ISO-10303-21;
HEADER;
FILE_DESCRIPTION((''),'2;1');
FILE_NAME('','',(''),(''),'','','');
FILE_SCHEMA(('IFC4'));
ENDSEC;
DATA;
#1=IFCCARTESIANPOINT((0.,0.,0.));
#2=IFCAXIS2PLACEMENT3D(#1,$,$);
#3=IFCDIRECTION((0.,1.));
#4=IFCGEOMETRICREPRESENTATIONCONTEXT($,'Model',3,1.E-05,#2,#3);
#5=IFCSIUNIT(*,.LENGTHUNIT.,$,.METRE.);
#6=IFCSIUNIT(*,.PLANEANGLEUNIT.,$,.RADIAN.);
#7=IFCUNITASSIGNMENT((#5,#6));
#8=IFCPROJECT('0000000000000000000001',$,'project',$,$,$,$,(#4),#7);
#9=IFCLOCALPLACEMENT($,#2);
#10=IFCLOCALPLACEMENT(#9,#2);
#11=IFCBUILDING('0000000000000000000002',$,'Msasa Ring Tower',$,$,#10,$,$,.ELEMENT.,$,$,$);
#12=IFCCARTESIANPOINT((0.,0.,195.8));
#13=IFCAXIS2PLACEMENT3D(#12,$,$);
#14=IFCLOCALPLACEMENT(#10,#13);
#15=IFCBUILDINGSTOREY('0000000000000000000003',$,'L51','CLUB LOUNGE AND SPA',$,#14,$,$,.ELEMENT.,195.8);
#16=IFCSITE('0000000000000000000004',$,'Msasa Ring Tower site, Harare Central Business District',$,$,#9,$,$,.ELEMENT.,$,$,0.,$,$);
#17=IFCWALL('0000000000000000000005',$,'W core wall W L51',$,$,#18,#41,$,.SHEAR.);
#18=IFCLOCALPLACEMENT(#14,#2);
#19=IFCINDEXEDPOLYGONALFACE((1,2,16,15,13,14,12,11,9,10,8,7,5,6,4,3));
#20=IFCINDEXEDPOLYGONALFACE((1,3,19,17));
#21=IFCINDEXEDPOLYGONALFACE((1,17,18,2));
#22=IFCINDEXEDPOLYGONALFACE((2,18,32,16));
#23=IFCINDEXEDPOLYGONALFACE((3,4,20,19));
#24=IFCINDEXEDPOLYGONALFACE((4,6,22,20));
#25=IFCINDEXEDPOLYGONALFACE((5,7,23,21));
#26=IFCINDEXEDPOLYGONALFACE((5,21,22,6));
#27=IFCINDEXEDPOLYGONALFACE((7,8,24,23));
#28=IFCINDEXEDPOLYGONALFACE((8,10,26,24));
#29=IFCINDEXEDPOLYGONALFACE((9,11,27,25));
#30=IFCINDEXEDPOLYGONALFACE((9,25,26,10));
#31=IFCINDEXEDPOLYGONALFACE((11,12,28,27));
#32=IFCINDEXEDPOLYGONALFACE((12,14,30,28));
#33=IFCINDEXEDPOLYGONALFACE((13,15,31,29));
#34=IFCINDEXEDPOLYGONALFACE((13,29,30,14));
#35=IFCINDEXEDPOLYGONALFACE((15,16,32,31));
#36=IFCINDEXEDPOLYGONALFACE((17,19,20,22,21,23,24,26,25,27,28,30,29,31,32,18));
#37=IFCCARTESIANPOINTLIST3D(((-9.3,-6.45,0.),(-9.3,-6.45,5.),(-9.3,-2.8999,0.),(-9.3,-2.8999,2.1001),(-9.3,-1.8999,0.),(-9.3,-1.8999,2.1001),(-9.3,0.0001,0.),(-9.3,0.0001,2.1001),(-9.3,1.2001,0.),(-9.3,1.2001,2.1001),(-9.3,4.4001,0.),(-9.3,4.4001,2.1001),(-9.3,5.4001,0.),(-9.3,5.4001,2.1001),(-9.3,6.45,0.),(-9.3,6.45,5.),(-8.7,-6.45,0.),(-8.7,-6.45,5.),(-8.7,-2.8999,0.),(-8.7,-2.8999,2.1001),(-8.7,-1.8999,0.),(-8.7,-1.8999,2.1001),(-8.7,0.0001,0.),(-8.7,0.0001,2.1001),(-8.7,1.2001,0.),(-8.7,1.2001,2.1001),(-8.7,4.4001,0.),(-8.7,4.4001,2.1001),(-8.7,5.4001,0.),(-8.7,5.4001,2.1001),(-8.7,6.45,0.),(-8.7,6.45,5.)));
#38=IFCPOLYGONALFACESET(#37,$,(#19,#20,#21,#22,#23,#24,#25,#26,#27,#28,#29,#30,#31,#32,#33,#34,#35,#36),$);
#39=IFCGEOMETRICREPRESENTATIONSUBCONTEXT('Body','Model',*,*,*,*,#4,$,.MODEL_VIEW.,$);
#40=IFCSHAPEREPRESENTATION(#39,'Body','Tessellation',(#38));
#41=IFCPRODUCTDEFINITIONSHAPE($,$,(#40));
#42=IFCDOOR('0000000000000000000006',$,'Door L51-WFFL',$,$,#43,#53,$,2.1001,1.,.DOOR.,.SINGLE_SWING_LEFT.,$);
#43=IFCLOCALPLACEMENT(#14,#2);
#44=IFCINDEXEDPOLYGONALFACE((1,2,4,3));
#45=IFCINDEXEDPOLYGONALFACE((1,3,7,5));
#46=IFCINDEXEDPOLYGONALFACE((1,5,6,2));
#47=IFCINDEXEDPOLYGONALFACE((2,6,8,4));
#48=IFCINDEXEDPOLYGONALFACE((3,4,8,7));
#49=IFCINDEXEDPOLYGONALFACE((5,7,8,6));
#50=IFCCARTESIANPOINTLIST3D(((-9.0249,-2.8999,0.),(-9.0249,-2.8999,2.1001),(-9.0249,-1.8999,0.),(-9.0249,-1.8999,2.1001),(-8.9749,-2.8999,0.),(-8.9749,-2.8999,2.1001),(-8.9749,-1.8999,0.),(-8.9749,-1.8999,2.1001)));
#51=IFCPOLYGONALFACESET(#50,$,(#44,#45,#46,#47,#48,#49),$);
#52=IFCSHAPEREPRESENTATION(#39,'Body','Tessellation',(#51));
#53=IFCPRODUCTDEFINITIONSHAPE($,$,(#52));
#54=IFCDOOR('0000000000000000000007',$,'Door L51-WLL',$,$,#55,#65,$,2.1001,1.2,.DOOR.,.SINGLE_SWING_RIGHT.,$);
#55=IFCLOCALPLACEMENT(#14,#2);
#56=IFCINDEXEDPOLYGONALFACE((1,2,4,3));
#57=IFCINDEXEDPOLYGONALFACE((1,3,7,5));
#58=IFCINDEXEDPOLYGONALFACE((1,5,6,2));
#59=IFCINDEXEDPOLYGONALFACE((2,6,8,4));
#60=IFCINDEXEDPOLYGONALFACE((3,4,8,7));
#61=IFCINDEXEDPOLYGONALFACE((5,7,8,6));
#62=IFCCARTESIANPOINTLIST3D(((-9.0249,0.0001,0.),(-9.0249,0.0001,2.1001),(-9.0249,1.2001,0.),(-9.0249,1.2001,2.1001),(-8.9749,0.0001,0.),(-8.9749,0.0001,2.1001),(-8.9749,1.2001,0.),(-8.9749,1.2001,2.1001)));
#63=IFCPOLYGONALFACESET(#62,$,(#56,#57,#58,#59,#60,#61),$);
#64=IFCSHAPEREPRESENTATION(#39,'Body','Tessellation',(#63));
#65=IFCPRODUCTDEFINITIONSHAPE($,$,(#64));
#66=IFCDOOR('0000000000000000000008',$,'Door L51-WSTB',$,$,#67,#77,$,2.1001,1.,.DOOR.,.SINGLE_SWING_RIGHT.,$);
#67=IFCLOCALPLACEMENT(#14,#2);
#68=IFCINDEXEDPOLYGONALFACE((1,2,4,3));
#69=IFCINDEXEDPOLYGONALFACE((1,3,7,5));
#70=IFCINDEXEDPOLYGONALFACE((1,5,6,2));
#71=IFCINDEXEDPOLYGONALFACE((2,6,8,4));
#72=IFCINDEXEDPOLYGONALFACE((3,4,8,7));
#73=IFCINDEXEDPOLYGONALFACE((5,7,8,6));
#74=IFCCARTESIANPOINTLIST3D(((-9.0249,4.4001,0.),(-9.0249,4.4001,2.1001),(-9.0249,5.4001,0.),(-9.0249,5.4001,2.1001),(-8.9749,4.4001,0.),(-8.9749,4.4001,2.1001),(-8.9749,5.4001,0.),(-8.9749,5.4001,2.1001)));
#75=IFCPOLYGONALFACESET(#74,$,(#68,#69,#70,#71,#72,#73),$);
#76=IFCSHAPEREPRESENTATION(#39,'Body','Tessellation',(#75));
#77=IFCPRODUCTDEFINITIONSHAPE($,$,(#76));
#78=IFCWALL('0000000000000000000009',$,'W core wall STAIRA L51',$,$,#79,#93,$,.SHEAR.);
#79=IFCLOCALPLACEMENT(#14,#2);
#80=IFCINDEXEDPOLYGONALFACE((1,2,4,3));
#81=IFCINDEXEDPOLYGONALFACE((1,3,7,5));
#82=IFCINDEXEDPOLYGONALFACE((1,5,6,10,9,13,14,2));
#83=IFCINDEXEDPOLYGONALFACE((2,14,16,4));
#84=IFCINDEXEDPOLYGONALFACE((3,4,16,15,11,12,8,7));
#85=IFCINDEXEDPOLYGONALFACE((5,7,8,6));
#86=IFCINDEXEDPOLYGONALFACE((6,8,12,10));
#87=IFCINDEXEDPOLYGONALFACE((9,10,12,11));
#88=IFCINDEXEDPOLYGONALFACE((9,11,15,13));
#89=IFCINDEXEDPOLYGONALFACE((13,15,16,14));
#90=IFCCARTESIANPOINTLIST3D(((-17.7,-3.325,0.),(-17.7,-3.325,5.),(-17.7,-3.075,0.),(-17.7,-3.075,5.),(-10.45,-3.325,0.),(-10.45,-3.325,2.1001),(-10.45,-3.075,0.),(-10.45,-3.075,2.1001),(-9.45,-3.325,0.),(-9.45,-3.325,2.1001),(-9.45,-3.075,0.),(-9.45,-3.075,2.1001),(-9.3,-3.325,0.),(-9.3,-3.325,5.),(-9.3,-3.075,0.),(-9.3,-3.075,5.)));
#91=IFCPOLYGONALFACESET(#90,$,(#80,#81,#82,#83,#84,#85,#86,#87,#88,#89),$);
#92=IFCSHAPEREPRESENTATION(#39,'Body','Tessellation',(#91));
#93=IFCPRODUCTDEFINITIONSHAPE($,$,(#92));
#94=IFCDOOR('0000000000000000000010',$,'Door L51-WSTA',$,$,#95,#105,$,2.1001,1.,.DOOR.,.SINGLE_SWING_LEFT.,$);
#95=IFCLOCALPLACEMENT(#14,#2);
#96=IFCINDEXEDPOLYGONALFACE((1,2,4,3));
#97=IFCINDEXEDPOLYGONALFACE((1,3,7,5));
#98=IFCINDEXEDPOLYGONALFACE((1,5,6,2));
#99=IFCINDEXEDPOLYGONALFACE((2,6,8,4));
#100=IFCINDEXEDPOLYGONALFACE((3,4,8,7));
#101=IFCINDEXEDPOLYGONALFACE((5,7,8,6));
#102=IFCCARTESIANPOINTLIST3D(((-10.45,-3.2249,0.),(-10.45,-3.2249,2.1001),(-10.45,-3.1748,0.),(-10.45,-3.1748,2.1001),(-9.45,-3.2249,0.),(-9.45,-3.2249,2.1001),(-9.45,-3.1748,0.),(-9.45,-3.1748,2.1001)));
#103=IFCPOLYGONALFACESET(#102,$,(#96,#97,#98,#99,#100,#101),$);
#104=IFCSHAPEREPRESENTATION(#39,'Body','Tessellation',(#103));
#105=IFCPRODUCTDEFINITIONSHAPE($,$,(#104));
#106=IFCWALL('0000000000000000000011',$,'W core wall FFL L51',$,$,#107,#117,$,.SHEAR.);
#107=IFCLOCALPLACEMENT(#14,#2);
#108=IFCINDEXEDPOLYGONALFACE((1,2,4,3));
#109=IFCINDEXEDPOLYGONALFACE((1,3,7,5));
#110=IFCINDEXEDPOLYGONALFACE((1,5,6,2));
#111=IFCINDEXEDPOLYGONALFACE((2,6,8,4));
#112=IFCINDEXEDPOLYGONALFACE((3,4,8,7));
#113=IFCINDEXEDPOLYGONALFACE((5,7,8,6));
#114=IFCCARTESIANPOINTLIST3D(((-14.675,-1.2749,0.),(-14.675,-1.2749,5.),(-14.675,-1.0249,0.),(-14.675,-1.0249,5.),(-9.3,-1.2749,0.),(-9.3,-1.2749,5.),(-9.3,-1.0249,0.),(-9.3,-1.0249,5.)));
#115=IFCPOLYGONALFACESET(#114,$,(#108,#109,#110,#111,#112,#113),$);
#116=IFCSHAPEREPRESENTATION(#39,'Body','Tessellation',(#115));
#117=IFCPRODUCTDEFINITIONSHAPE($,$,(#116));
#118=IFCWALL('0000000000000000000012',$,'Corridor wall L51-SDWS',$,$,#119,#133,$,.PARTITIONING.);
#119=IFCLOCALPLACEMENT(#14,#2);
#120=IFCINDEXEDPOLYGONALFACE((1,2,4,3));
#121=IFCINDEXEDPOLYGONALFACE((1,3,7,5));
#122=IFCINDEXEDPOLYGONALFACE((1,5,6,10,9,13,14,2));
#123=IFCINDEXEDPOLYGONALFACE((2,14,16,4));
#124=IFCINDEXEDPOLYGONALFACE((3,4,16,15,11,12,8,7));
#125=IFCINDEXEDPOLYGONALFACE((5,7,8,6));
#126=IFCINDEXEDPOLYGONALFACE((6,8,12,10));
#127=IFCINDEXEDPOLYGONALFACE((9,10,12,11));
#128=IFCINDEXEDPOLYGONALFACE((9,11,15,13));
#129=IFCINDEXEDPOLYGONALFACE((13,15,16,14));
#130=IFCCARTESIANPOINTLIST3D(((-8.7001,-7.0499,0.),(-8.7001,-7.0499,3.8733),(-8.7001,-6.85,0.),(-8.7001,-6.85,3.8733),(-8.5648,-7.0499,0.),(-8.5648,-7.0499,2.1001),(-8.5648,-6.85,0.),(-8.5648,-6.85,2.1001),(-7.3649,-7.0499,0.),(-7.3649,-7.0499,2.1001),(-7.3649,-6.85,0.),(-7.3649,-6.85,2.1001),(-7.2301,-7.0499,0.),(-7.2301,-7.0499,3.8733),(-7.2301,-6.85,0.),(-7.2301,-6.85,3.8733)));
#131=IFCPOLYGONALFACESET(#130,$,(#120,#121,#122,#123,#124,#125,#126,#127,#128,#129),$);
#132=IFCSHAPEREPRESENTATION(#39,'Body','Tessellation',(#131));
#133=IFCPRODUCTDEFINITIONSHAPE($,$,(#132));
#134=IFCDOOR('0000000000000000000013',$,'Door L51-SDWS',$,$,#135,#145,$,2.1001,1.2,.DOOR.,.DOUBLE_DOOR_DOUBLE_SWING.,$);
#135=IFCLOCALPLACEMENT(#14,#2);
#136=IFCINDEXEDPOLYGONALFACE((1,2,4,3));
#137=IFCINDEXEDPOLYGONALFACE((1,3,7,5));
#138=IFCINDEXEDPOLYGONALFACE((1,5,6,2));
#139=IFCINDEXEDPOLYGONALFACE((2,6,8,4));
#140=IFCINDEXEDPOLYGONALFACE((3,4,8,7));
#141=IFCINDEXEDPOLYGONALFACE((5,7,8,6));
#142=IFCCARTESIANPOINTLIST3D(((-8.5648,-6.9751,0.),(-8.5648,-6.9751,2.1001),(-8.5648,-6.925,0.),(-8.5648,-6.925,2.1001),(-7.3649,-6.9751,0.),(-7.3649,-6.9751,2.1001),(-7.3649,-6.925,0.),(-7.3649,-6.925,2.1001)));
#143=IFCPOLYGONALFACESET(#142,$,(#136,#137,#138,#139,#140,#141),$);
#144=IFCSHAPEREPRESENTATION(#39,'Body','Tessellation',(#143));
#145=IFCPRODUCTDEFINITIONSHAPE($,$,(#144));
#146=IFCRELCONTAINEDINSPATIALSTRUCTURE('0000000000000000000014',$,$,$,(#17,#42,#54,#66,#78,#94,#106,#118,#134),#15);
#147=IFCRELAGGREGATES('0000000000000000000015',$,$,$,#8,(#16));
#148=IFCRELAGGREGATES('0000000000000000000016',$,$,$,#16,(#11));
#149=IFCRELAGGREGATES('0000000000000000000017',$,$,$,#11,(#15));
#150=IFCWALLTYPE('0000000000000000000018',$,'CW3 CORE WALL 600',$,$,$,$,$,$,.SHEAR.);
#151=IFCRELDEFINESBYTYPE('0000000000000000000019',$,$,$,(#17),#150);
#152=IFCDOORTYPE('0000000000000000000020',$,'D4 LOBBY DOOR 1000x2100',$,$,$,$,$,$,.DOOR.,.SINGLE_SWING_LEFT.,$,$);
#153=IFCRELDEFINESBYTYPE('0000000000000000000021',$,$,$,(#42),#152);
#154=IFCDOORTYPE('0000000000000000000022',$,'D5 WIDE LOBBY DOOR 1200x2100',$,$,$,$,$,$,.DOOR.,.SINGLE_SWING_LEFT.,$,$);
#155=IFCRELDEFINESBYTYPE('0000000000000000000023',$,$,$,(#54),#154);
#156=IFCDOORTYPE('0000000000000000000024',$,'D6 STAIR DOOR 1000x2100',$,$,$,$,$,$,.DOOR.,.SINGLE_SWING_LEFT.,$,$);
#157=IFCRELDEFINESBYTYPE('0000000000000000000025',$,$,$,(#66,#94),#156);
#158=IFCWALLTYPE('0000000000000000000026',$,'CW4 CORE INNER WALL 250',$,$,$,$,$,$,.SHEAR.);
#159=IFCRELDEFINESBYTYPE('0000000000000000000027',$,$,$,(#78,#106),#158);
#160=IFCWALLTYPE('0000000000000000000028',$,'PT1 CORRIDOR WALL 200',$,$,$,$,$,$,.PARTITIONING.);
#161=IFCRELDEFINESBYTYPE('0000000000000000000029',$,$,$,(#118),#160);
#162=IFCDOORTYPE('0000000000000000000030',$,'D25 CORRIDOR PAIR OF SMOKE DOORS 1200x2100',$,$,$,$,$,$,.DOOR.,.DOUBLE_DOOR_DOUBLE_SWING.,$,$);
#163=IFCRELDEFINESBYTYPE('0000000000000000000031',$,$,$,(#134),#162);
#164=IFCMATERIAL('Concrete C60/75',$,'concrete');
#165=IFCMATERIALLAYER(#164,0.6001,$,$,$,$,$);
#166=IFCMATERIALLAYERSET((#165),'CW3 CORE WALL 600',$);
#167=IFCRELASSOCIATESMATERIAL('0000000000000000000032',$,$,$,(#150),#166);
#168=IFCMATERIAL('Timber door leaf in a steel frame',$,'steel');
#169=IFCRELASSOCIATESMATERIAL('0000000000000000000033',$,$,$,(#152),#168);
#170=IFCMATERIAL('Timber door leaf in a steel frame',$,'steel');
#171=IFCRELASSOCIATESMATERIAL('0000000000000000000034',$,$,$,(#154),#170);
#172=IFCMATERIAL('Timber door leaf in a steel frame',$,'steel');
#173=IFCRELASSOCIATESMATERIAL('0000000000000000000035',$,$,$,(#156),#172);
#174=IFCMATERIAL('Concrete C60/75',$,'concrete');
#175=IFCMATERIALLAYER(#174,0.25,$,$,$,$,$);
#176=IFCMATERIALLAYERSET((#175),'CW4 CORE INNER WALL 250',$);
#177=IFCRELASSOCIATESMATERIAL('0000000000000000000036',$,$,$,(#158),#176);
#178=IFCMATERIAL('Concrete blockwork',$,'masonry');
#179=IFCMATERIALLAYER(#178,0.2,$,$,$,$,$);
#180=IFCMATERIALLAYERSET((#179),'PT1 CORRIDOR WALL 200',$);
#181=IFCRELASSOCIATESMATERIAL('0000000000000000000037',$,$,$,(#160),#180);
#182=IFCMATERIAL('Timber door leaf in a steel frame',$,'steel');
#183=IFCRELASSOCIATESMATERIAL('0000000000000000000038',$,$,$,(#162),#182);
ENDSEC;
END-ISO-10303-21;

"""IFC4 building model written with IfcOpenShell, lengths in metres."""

from ifc_helpers import new_model, si_unit, direction, frame, frame_2d, origin, place, context, subcontext, project, spatial, rectangle, extrude, material, layer, layer_set, type_object, element, fill, save


model = new_model("IFC4")

# Units and contexts
model_context = context("Model", 3, precision=1e-05, world=origin(), true_north=direction((0.0, 1.0)))
body_context = subcontext(model_context, "Body", "Model", "MODEL_VIEW")
ifc_project = project(units=[si_unit("LENGTHUNIT", "METRE"), si_unit("PLANEANGLEUNIT", "RADIAN")], contexts=[model_context])

# Site, building, storey
site_placement = place(None, origin())
site = spatial("IfcSite", under=ifc_project, at=site_placement, Name="Msasa Ring Tower site, Harare Central Business District", CompositionType="ELEMENT", RefElevation=0.0)
building_placement = place(site_placement, origin())
building = spatial("IfcBuilding", under=site, at=building_placement, Name="Msasa Ring Tower", CompositionType="ELEMENT")
storey_placement = place(building_placement, frame((0.0, 0.0, 195.8)))
storey = spatial("IfcBuildingStorey", under=building, at=storey_placement, Name="L51", Description="CLUB LOUNGE AND SPA", CompositionType="ELEMENT", Elevation=195.8)

# Shared definitions
ifc_material_1 = material(Name="Concrete C60/75", Category="concrete")
ifc_layer_1 = layer(ifc_material_1, 0.6001)
ifc_layer_set_1 = layer_set([ifc_layer_1], Name="CW3 CORE WALL 600")
wall_type_1 = type_object("IfcWallType", Name="CW3 CORE WALL 600", PredefinedType="SHEAR", material=ifc_layer_set_1)

# Wall, openings, doors
wall_1_placement = place(storey_placement, frame((-9.0, -6.45, 0.0), z_axis=(0.0, 0.0, 1.0), x_axis=(0.0, 1.0, 0.0)))
wall_1 = element("IfcWall", 1, at=wall_1_placement, inside=storey, type_object=wall_type_1, Name="W core wall W L51", PredefinedType="SHEAR", context=body_context, shape_type="SweptSolid", body=[
    extrude(rectangle(XDim=12.8999, YDim=0.6001, at=frame_2d((6.45, 0.0))), origin(), (0.0, 0.0, 1.0), 5.0),
])
opening_1_placement = place(wall_1_placement, frame((3.55, 0.0, 0.0)))
opening_1 = element("IfcOpeningElement", 2, at=opening_1_placement, cuts=wall_1, PredefinedType="OPENING", context=body_context, shape_type="SweptSolid", body=[
    extrude(rectangle(XDim=1.0, YDim=2.1001, at=frame_2d((0.5, 1.05))), frame((0.0, 0.3101, 0.0), z_axis=(0.0, -1.0, 0.0), x_axis=(1.0, 0.0, 0.0)), (0.0, 0.0, 1.0), 0.6201),
])
opening_2_placement = place(wall_1_placement, frame((6.45, 0.0, 0.0)))
opening_2 = element("IfcOpeningElement", 3, at=opening_2_placement, cuts=wall_1, PredefinedType="OPENING", context=body_context, shape_type="SweptSolid", body=[
    extrude(rectangle(XDim=1.2, YDim=2.1001, at=frame_2d((0.6001, 1.05))), frame((0.0, 0.3101, 0.0), z_axis=(0.0, -1.0, 0.0), x_axis=(1.0, 0.0, 0.0)), (0.0, 0.0, 1.0), 0.6201),
])
opening_3_placement = place(wall_1_placement, frame((10.8501, 0.0, 0.0)))
opening_3 = element("IfcOpeningElement", 4, at=opening_3_placement, cuts=wall_1, PredefinedType="OPENING", context=body_context, shape_type="SweptSolid", body=[
    extrude(rectangle(XDim=1.0, YDim=2.1001, at=frame_2d((0.5, 1.05))), frame((0.0, 0.3101, 0.0), z_axis=(0.0, -1.0, 0.0), x_axis=(1.0, 0.0, 0.0)), (0.0, 0.0, 1.0), 0.6201),
])
ifc_material_2 = material(Name="Timber door leaf in a steel frame", Category="steel")
door_type_1 = type_object("IfcDoorType", Name="D4 LOBBY DOOR 1000x2100", OperationType="SINGLE_SWING_LEFT", PredefinedType="DOOR", material=ifc_material_2)
door_1_placement = place(opening_1_placement, origin())
door_1 = element("IfcDoor", 5, at=door_1_placement, inside=storey, type_object=door_type_1, Name="Door L51-WFFL", OperationType="SINGLE_SWING_LEFT", OverallHeight=2.1001, OverallWidth=1.0, PredefinedType="DOOR", context=body_context, shape_type="SweptSolid", body=[
    extrude(rectangle(XDim=1.0, YDim=2.1001, at=frame_2d((0.5, 1.05))), frame((0.0, 0.0249, 0.0), z_axis=(0.0, -1.0, 0.0), x_axis=(1.0, 0.0, 0.0)), (0.0, 0.0, 1.0), 0.05),
])
fill(opening_1, door_1)
ifc_material_3 = material(Name="Timber door leaf in a steel frame", Category="steel")
door_type_2 = type_object("IfcDoorType", Name="D5 WIDE LOBBY DOOR 1200x2100", OperationType="SINGLE_SWING_LEFT", PredefinedType="DOOR", material=ifc_material_3)
door_2_placement = place(opening_2_placement, origin())
door_2 = element("IfcDoor", 6, at=door_2_placement, inside=storey, type_object=door_type_2, Name="Door L51-WLL", OperationType="SINGLE_SWING_RIGHT", OverallHeight=2.1001, OverallWidth=1.2, PredefinedType="DOOR", context=body_context, shape_type="SweptSolid", body=[
    extrude(rectangle(XDim=1.2, YDim=2.1001, at=frame_2d((0.6001, 1.05))), frame((0.0, 0.0249, 0.0), z_axis=(0.0, -1.0, 0.0), x_axis=(1.0, 0.0, 0.0)), (0.0, 0.0, 1.0), 0.05),
])
fill(opening_2, door_2)
ifc_material_4 = material(Name="Timber door leaf in a steel frame", Category="steel")
door_type_3 = type_object("IfcDoorType", Name="D6 STAIR DOOR 1000x2100", OperationType="SINGLE_SWING_LEFT", PredefinedType="DOOR", material=ifc_material_4)
door_3_placement = place(opening_3_placement, origin())
door_3 = element("IfcDoor", 7, at=door_3_placement, inside=storey, type_object=door_type_3, Name="Door L51-WSTB", OperationType="SINGLE_SWING_RIGHT", OverallHeight=2.1001, OverallWidth=1.0, PredefinedType="DOOR", context=body_context, shape_type="SweptSolid", body=[
    extrude(rectangle(XDim=1.0, YDim=2.1001, at=frame_2d((0.5, 1.05))), frame((0.0, 0.0249, 0.0), z_axis=(0.0, -1.0, 0.0), x_axis=(1.0, 0.0, 0.0)), (0.0, 0.0, 1.0), 0.05),
])
fill(opening_3, door_3)

# Wall, opening, door
ifc_material_5 = material(Name="Concrete C60/75", Category="concrete")
ifc_layer_2 = layer(ifc_material_5, 0.25)
ifc_layer_set_2 = layer_set([ifc_layer_2], Name="CW4 CORE INNER WALL 250")
wall_type_2 = type_object("IfcWallType", Name="CW4 CORE INNER WALL 250", PredefinedType="SHEAR", material=ifc_layer_set_2)
wall_2_placement = place(storey_placement, frame((-9.3, -3.2, 0.0), z_axis=(0.0, 0.0, 1.0), x_axis=(-1.0, 0.0, 0.0)))
wall_2 = element("IfcWall", 8, at=wall_2_placement, inside=storey, type_object=wall_type_2, Name="W core wall STAIRA L51", PredefinedType="SHEAR", context=body_context, shape_type="SweptSolid", body=[
    extrude(rectangle(XDim=8.3999, YDim=0.25, at=frame_2d((4.2, 0.0))), origin(), (0.0, 0.0, 1.0), 5.0),
])
opening_4_placement = place(wall_2_placement, frame((0.1499, 0.0, 0.0)))
opening_4 = element("IfcOpeningElement", 9, at=opening_4_placement, cuts=wall_2, PredefinedType="OPENING", context=body_context, shape_type="SweptSolid", body=[
    extrude(rectangle(XDim=1.0, YDim=2.1001, at=frame_2d((0.5, 1.05))), frame((0.0, 0.135, 0.0), z_axis=(0.0, -1.0, 0.0), x_axis=(1.0, 0.0, 0.0)), (0.0, 0.0, 1.0), 0.27),
])
door_4_placement = place(opening_4_placement, origin())
door_4 = element("IfcDoor", 10, at=door_4_placement, inside=storey, type_object=door_type_3, Name="Door L51-WSTA", OperationType="SINGLE_SWING_LEFT", OverallHeight=2.1001, OverallWidth=1.0, PredefinedType="DOOR", context=body_context, shape_type="SweptSolid", body=[
    extrude(rectangle(XDim=1.0, YDim=2.1001, at=frame_2d((0.5, 1.05))), frame((0.0, 0.0249, 0.0), z_axis=(0.0, -1.0, 0.0), x_axis=(1.0, 0.0, 0.0)), (0.0, 0.0, 1.0), 0.05),
])
fill(opening_4, door_4)

# Wall
wall_3_placement = place(storey_placement, frame((-9.3, -1.1499, 0.0), z_axis=(0.0, 0.0, 1.0), x_axis=(-1.0, 0.0, 0.0)))
element("IfcWall", 11, at=wall_3_placement, inside=storey, type_object=wall_type_2, Name="W core wall FFL L51", PredefinedType="SHEAR", context=body_context, shape_type="SweptSolid", body=[
    extrude(rectangle(XDim=5.375, YDim=0.25, at=frame_2d((2.6875, 0.0))), origin(), (0.0, 0.0, 1.0), 5.0),
])

# Wall, opening, door
ifc_material_6 = material(Name="Concrete blockwork", Category="masonry")
ifc_layer_3 = layer(ifc_material_6, 0.2)
ifc_layer_set_3 = layer_set([ifc_layer_3], Name="PT1 CORRIDOR WALL 200")
wall_type_3 = type_object("IfcWallType", Name="PT1 CORRIDOR WALL 200", PredefinedType="PARTITIONING", material=ifc_layer_set_3)
wall_4_placement = place(storey_placement, frame((-8.7, -6.95, 0.0), z_axis=(0.0, 0.0, 1.0), x_axis=(1.0, 0.0, 0.0)))
wall_4 = element("IfcWall", 12, at=wall_4_placement, inside=storey, type_object=wall_type_3, Name="Corridor wall L51-SDWS", PredefinedType="PARTITIONING", context=body_context, shape_type="SweptSolid", body=[
    extrude(rectangle(XDim=1.47, YDim=0.2, at=frame_2d((0.7349, 0.0))), origin(), (0.0, 0.0, 1.0), 3.8733),
])
opening_5_placement = place(wall_4_placement, frame((0.135, 0.0, 0.0)))
opening_5 = element("IfcOpeningElement", 13, at=opening_5_placement, cuts=wall_4, PredefinedType="OPENING", context=body_context, shape_type="SweptSolid", body=[
    extrude(rectangle(XDim=1.2, YDim=2.1001, at=frame_2d((0.6001, 1.05))), frame((0.0, 0.1099, 0.0), z_axis=(0.0, -1.0, 0.0), x_axis=(1.0, 0.0, 0.0)), (0.0, 0.0, 1.0), 0.22),
])
ifc_material_7 = material(Name="Timber door leaf in a steel frame", Category="steel")
door_type_4 = type_object("IfcDoorType", Name="D25 CORRIDOR PAIR OF SMOKE DOORS 1200x2100", OperationType="DOUBLE_DOOR_DOUBLE_SWING", PredefinedType="DOOR", material=ifc_material_7)
door_5_placement = place(opening_5_placement, origin())
door_5 = element("IfcDoor", 14, at=door_5_placement, inside=storey, type_object=door_type_4, Name="Door L51-SDWS", OperationType="DOUBLE_DOOR_DOUBLE_SWING", OverallHeight=2.1001, OverallWidth=1.2, PredefinedType="DOOR", context=body_context, shape_type="SweptSolid", body=[
    extrude(rectangle(XDim=1.2, YDim=2.1001, at=frame_2d((0.6001, 1.05))), frame((0.0, 0.0249, 0.0), z_axis=(0.0, -1.0, 0.0), x_axis=(1.0, 0.0, 0.0)), (0.0, 0.0, 1.0), 0.05),
])
fill(opening_5, door_5)

save(model, "model.ifc")
